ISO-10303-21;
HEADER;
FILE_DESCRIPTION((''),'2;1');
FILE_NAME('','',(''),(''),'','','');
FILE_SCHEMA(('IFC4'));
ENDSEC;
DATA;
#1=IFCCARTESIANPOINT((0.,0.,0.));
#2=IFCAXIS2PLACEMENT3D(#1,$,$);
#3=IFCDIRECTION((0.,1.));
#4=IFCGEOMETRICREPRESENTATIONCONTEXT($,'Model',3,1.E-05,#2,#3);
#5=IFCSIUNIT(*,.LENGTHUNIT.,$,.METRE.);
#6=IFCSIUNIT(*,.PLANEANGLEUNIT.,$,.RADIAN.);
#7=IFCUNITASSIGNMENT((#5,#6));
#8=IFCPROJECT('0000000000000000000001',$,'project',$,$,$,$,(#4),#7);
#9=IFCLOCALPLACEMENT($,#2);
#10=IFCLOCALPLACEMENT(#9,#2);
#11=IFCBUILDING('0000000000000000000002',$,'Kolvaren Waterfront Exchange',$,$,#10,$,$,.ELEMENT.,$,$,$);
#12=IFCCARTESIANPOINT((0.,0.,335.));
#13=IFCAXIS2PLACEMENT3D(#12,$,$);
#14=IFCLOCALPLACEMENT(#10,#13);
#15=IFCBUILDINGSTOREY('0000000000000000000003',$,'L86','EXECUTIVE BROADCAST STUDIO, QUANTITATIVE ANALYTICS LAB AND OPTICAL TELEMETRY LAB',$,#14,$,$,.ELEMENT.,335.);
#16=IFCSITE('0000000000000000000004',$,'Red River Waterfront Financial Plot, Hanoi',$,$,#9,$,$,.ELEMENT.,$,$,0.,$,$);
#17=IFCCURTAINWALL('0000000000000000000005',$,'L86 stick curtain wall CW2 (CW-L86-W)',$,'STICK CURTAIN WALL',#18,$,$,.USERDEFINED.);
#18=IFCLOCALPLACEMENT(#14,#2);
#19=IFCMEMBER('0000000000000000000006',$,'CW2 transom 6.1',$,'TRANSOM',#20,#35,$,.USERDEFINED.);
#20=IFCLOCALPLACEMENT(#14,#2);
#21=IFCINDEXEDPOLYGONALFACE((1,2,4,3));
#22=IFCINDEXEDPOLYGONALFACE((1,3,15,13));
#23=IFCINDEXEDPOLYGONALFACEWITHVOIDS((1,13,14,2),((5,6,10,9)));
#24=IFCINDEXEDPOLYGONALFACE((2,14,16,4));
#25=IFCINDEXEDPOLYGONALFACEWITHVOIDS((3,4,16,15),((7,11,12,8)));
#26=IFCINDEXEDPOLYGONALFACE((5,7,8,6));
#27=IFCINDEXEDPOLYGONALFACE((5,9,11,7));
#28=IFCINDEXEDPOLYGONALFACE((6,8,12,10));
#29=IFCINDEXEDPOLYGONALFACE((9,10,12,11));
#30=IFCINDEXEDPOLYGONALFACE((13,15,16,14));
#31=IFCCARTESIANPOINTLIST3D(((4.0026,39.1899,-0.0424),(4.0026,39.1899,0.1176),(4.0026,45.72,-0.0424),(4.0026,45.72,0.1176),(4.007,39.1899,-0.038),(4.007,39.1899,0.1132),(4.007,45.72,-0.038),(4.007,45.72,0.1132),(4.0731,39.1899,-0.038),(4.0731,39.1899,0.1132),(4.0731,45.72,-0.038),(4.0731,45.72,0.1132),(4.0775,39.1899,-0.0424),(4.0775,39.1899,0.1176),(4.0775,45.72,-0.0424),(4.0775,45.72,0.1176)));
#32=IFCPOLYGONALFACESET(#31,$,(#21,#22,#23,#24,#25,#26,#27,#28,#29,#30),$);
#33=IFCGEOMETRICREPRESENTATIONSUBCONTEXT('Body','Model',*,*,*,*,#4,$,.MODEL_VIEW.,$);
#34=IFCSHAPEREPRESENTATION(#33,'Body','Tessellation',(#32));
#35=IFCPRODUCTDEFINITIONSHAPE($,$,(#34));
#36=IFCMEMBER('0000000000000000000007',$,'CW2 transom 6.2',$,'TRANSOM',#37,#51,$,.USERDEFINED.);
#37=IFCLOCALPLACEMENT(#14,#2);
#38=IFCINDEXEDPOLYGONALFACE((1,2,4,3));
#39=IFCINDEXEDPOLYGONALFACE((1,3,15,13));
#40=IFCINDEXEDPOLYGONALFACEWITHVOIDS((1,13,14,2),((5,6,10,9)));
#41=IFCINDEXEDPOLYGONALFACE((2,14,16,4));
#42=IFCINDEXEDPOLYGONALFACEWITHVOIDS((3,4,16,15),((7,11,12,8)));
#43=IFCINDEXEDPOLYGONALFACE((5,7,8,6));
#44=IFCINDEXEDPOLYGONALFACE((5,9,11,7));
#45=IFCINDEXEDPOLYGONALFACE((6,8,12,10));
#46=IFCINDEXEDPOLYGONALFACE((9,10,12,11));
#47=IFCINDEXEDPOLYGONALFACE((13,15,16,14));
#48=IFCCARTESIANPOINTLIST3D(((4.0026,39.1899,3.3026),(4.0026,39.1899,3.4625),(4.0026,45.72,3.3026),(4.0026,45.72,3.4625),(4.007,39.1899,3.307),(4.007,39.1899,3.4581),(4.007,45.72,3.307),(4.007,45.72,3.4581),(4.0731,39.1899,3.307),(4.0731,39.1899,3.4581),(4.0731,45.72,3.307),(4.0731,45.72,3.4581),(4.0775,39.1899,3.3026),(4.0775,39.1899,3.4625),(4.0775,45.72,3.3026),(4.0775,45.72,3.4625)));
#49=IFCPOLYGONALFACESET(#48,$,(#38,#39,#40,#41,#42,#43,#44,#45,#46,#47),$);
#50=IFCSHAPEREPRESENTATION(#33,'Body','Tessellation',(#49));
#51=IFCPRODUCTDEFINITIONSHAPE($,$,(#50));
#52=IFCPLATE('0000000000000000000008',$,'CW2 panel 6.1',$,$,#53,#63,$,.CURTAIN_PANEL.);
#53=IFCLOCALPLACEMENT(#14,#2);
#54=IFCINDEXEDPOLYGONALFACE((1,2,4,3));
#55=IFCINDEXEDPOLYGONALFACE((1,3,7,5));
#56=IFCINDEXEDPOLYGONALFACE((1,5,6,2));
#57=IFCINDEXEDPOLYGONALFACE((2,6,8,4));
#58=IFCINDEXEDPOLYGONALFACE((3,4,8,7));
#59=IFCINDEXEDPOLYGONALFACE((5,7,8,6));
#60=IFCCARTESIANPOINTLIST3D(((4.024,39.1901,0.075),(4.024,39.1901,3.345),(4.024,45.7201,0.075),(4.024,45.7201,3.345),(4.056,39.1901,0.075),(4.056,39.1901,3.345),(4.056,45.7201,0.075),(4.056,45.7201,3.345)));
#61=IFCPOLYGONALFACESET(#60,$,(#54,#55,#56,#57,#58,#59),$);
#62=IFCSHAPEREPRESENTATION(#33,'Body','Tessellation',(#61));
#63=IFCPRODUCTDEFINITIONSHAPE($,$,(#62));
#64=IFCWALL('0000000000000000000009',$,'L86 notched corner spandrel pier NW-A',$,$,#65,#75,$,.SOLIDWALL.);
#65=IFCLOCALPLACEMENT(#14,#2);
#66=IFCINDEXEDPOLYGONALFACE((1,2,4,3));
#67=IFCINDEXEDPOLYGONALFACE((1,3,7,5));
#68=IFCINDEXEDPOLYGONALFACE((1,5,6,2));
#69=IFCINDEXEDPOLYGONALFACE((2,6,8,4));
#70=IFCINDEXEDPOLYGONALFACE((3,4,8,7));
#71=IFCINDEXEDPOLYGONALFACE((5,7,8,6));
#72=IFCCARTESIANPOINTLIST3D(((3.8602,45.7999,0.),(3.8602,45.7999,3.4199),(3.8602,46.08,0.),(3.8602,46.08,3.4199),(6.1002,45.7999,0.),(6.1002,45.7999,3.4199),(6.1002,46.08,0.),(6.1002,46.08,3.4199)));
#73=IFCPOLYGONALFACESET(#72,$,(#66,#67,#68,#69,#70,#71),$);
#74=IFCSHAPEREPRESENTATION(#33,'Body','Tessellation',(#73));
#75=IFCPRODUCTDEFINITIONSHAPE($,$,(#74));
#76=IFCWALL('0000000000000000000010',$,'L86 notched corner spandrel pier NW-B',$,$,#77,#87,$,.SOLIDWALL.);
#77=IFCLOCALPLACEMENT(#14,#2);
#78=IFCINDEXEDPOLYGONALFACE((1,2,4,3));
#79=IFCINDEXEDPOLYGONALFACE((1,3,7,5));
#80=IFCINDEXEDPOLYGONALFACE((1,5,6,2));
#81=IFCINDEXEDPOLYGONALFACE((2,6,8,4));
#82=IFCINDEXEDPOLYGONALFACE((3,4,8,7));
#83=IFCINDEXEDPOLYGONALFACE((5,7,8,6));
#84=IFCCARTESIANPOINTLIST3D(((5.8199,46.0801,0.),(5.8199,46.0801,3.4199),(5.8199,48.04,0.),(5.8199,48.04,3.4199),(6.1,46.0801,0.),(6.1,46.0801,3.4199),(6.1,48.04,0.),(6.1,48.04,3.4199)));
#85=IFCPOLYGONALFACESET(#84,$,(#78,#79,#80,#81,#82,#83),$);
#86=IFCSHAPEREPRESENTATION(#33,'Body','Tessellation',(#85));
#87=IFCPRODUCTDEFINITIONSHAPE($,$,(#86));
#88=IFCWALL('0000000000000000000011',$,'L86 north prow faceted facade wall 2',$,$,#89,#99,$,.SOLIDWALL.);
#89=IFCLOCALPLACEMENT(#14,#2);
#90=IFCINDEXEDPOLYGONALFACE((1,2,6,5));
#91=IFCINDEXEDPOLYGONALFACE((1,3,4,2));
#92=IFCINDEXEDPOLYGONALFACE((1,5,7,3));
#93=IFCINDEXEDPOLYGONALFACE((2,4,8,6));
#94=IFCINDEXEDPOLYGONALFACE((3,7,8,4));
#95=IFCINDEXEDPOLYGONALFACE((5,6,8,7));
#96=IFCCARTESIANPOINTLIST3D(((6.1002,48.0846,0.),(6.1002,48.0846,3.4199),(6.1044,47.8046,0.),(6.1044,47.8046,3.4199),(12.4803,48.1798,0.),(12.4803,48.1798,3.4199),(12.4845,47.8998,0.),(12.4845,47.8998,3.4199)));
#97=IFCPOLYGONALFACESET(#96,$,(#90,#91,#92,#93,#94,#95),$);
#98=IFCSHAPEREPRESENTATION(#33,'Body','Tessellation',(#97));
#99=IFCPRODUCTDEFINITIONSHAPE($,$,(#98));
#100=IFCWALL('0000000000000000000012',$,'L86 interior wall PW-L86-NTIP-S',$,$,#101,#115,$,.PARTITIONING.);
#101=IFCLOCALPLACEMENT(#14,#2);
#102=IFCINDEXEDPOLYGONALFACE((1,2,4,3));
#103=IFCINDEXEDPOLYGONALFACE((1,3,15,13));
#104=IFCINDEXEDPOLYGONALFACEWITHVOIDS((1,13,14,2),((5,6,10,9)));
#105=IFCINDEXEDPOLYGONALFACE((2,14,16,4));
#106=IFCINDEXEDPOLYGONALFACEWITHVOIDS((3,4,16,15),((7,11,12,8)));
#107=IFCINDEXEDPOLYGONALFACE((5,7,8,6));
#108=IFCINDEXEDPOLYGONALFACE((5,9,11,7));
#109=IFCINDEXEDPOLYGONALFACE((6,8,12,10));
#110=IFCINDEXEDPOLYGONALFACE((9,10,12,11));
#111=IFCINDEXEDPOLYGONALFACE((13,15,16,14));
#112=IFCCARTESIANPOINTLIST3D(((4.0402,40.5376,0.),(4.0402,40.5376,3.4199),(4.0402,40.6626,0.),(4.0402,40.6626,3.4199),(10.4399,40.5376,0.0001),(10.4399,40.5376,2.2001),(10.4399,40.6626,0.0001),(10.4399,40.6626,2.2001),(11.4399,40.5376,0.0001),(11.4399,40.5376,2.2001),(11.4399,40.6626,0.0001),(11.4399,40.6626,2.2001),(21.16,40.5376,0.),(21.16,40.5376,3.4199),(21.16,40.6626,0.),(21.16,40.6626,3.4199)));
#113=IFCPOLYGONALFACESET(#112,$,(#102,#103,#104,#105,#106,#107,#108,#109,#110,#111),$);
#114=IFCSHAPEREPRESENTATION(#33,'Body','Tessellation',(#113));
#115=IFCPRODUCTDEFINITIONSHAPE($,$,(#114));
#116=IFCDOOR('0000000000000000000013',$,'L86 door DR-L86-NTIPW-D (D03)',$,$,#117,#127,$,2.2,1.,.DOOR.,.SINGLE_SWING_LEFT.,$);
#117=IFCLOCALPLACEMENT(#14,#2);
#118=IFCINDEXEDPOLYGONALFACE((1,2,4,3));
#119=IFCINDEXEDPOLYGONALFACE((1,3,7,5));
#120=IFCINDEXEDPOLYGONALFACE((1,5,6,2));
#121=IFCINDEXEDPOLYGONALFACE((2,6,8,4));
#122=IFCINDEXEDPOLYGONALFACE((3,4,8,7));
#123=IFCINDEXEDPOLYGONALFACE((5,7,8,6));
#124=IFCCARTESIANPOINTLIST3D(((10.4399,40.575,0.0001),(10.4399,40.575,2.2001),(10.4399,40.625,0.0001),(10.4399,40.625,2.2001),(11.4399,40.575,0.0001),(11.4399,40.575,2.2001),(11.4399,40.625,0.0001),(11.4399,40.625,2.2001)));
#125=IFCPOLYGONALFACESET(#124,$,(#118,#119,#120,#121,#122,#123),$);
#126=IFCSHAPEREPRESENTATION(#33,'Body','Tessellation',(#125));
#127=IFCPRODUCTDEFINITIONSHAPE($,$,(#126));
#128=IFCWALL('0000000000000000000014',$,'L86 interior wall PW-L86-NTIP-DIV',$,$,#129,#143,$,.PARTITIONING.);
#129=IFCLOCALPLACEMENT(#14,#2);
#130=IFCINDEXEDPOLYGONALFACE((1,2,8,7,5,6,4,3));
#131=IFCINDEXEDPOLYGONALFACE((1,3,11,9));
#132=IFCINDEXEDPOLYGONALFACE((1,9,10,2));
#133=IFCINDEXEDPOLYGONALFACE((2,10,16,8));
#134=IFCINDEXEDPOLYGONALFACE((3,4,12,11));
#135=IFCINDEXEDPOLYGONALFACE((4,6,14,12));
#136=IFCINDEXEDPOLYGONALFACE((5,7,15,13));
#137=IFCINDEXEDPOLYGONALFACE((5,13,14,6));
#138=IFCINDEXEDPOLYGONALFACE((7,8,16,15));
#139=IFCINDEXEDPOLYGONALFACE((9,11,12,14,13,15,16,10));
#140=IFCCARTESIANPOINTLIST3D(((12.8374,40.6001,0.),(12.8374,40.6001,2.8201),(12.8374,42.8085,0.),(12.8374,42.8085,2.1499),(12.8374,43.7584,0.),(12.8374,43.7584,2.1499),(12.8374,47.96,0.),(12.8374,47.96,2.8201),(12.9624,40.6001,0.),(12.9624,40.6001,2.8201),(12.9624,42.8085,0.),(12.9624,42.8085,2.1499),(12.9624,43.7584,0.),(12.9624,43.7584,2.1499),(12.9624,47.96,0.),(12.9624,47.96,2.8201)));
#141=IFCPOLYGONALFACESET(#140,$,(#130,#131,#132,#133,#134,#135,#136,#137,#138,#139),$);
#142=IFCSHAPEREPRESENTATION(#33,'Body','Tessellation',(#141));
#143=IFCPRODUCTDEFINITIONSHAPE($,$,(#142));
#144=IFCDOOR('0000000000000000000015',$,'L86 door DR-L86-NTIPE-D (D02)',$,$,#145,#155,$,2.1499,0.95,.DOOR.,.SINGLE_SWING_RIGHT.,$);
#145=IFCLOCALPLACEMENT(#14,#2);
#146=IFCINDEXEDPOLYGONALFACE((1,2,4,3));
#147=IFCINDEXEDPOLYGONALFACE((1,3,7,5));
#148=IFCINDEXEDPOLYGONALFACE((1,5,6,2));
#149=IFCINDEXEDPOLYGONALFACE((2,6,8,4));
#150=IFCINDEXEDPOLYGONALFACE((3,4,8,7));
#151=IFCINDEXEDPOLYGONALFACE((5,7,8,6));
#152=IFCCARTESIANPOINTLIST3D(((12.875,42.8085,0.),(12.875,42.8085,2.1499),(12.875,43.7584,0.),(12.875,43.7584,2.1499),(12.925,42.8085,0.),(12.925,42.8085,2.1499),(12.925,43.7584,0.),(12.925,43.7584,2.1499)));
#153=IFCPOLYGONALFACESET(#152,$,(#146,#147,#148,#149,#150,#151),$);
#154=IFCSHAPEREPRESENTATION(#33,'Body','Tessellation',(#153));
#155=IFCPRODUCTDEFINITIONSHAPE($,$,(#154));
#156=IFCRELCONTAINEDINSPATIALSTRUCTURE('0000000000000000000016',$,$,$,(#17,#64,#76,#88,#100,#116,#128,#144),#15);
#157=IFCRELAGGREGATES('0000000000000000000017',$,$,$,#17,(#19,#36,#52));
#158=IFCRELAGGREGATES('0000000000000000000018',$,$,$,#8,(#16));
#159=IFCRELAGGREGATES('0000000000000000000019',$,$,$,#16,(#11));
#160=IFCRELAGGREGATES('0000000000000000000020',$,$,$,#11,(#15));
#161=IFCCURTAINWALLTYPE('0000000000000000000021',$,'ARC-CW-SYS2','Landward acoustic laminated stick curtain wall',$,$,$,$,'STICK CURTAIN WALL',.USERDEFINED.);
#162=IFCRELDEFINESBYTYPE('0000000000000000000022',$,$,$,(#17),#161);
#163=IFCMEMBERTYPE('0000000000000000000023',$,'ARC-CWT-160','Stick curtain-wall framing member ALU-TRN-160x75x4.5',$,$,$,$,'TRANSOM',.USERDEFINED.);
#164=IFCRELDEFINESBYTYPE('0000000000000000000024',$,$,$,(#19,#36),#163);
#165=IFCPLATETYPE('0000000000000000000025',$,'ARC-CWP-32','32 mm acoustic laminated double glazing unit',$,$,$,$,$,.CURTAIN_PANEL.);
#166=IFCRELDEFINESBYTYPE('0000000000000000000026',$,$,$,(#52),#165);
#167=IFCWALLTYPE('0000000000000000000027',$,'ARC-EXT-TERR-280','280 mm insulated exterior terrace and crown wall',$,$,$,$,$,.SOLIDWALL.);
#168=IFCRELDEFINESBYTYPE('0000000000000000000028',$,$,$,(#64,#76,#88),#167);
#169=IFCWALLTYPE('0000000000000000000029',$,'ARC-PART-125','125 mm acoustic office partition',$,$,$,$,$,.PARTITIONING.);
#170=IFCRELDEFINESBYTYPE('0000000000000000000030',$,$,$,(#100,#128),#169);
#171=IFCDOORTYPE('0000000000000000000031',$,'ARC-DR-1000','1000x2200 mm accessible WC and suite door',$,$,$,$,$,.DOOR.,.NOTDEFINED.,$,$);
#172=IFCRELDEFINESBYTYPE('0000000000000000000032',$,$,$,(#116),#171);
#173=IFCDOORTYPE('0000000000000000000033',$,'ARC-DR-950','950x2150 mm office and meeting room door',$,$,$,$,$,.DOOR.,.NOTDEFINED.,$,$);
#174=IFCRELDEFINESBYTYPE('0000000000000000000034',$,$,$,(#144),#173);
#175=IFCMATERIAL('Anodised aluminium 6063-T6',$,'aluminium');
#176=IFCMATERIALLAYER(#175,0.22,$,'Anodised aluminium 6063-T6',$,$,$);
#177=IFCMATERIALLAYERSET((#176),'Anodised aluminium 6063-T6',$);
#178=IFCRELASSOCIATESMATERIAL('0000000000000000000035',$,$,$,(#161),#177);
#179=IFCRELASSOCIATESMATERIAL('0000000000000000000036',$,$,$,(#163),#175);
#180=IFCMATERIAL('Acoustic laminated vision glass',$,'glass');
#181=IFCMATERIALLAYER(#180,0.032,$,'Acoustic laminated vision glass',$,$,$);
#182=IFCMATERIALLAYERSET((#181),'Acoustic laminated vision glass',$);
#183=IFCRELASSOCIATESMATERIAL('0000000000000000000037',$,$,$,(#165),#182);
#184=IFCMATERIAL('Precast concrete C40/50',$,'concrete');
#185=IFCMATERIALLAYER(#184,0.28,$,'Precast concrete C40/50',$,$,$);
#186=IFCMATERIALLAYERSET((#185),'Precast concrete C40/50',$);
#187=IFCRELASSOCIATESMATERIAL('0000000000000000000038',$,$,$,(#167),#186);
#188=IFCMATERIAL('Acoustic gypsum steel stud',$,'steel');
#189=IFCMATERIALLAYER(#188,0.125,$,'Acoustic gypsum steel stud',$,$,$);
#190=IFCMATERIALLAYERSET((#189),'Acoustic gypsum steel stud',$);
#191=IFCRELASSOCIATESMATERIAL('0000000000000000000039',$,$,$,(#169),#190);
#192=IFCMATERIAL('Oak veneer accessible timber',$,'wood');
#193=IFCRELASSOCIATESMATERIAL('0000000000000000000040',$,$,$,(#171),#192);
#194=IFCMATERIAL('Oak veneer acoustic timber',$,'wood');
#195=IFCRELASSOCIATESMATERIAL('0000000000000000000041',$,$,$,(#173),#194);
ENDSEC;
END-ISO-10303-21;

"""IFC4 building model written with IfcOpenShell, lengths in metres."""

from ifc_helpers import new_model, si_unit, direction, frame, frame_2d, origin, origin_with_axes, origin_2d, place, context, subcontext, project, spatial, rectangle, hollow_rectangle, extrude, source, transform, mapped, material, layer, layer_set, material_profile, profile_set, type_object, element, fill, aggregate, save


model = new_model("IFC4")

# Units and contexts
model_context = context("Model", 3, precision=1e-05, world=origin(), true_north=direction((0.0, 1.0)))
body_context = subcontext(model_context, "Body", "Model", "MODEL_VIEW")
ifc_project = project(units=[si_unit("LENGTHUNIT", "METRE"), si_unit("PLANEANGLEUNIT", "RADIAN")], contexts=[model_context])

# Site, building, storey
site_placement = place(None, origin())
site = spatial("IfcSite", under=ifc_project, at=site_placement, Name="Red River Waterfront Financial Plot, Hanoi", CompositionType="ELEMENT", RefElevation=0.0)
building_placement = place(site_placement, origin())
building = spatial("IfcBuilding", under=site, at=building_placement, Name="Kolvaren Waterfront Exchange", CompositionType="ELEMENT")
storey_placement = place(building_placement, frame((0.0, 0.0, 335.0)))
storey = spatial("IfcBuildingStorey", under=building, at=storey_placement, Name="L86", Description="EXECUTIVE BROADCAST STUDIO, QUANTITATIVE ANALYTICS LAB AND OPTICAL TELEMETRY LAB", CompositionType="ELEMENT", Elevation=335.0)

# Curtain wall, members, plate
ifc_material_1 = material(Name="Anodised aluminium 6063-T6", Category="aluminium")
ifc_layer_1 = layer(ifc_material_1, 0.22, Name="Anodised aluminium 6063-T6")
ifc_layer_set_1 = layer_set([ifc_layer_1], Name="Anodised aluminium 6063-T6")
curtain_wall_type = type_object("IfcCurtainWallType", Name="ARC-CW-SYS2", Description="Landward acoustic laminated stick curtain wall", ElementType="STICK CURTAIN WALL", PredefinedType="USERDEFINED", material=ifc_layer_set_1)
curtain_wall_placement = place(storey_placement, origin())
curtain_wall = element("IfcCurtainWall", 1, at=curtain_wall_placement, inside=storey, type_object=curtain_wall_type, Name="L86 stick curtain wall CW2 (CW-L86-W)", ObjectType="STICK CURTAIN WALL", PredefinedType="USERDEFINED")
ifc_material_profile_1 = material_profile(ifc_material_1, hollow_rectangle(XDim=0.075, YDim=0.1599, WallThickness=0.0044, at=origin_2d()), Name="ALU-TRN-160x75x4.5")
ifc_profile_set_1 = profile_set([ifc_material_profile_1], Name="Anodised aluminium 6063-T6")
member_type_1 = type_object("IfcMemberType", Name="ARC-CWT-160", Description="Stick curtain-wall framing member ALU-TRN-160x75x4.5", ElementType="TRANSOM", PredefinedType="USERDEFINED", material=ifc_profile_set_1)
shared_shape_1 = source(origin_with_axes(), body_context, "Body", "SweptSolid", [
    extrude(hollow_rectangle(XDim=0.075, YDim=0.1599, WallThickness=0.0044, at=origin_2d()), origin(), (0.0, 0.0, 1.0), 6.53),
])
member_1_placement = place(storey_placement, frame((4.04, 39.1899, 0.0376), z_axis=(0.0, 1.0, 0.0), x_axis=(-1.0, 0.0, 0.0)))
member_1 = element("IfcMember", 2, at=member_1_placement, type_object=member_type_1, Name="CW2 transom 6.1", ObjectType="TRANSOM", PredefinedType="USERDEFINED", context=body_context, shape_type="MappedRepresentation", body=[
    mapped(shared_shape_1, transform((0.0, 0.0, 0.0), x_axis=(1.0, 0.0, 0.0), y_axis=(0.0, 1.0, 0.0), z_axis=(0.0, 0.0, 1.0), scale=1.0)),
])
member_2_placement = place(storey_placement, frame((4.04, 39.1899, 3.3826), z_axis=(0.0, 1.0, 0.0), x_axis=(-1.0, 0.0, 0.0)))
member_2 = element("IfcMember", 3, at=member_2_placement, type_object=member_type_1, Name="CW2 transom 6.2", ObjectType="TRANSOM", PredefinedType="USERDEFINED", context=body_context, shape_type="MappedRepresentation", body=[
    mapped(shared_shape_1, transform((0.0, 0.0, 0.0), x_axis=(1.0, 0.0, 0.0), y_axis=(0.0, 1.0, 0.0), z_axis=(0.0, 0.0, 1.0), scale=1.0)),
])
ifc_material_2 = material(Name="Acoustic laminated vision glass", Category="glass")
ifc_layer_2 = layer(ifc_material_2, 0.032, Name="Acoustic laminated vision glass")
ifc_layer_set_2 = layer_set([ifc_layer_2], Name="Acoustic laminated vision glass")
plate_type = type_object("IfcPlateType", Name="ARC-CWP-32", Description="32 mm acoustic laminated double glazing unit", PredefinedType="CURTAIN_PANEL", material=ifc_layer_set_2)
shared_shape_2 = source(origin_with_axes(), body_context, "Body", "SweptSolid", [
    extrude(rectangle(XDim=6.53, YDim=0.032, at=origin_2d()), origin(), (0.0, 0.0, 1.0), 3.27),
])
plate_placement = place(storey_placement, frame((4.04, 42.4551, 0.075), z_axis=(0.0, 0.0, 1.0), x_axis=(0.0, 1.0, 0.0)))
plate = element("IfcPlate", 4, at=plate_placement, type_object=plate_type, Name="CW2 panel 6.1", PredefinedType="CURTAIN_PANEL", context=body_context, shape_type="MappedRepresentation", body=[
    mapped(shared_shape_2, transform((0.0, 0.0, 0.0), x_axis=(1.0, 0.0, 0.0), y_axis=(0.0, 1.0, 0.0), z_axis=(0.0, 0.0, 1.0), scale=1.0)),
])
aggregate(curtain_wall, [member_1, member_2, plate])

# Walls
ifc_material_3 = material(Name="Precast concrete C40/50", Category="concrete")
ifc_layer_3 = layer(ifc_material_3, 0.28, Name="Precast concrete C40/50")
ifc_layer_set_3 = layer_set([ifc_layer_3], Name="Precast concrete C40/50")
wall_type_1 = type_object("IfcWallType", Name="ARC-EXT-TERR-280", Description="280 mm insulated exterior terrace and crown wall", PredefinedType="SOLIDWALL", material=ifc_layer_set_3)
wall_1_placement = place(storey_placement, frame((3.8601, 45.9399, 0.0), z_axis=(0.0, 0.0, 1.0), x_axis=(1.0, 0.0, 0.0)))
element("IfcWall", 5, at=wall_1_placement, inside=storey, type_object=wall_type_1, Name="L86 notched corner spandrel pier NW-A", PredefinedType="SOLIDWALL", context=body_context, shape_type="SweptSolid", body=[
    extrude(rectangle(XDim=2.24, YDim=0.28, at=frame_2d((1.1201, 0.0))), origin(), (0.0, 0.0, 1.0), 3.4199),
])
wall_2_placement = place(storey_placement, frame((5.96, 46.0801, 0.0), z_axis=(0.0, 0.0, 1.0), x_axis=(0.0, 1.0, 0.0)))
element("IfcWall", 6, at=wall_2_placement, inside=storey, type_object=wall_type_1, Name="L86 notched corner spandrel pier NW-B", PredefinedType="SOLIDWALL", context=body_context, shape_type="SweptSolid", body=[
    extrude(rectangle(XDim=1.96, YDim=0.28, at=frame_2d((0.98, 0.0))), origin(), (0.0, 0.0, 1.0), 3.4199),
])
wall_3_placement = place(storey_placement, frame((12.4824, 48.0398, 0.0), z_axis=(0.0, 0.0, 1.0), x_axis=(-0.999889, -0.014922, 0.0)))
element("IfcWall", 7, at=wall_3_placement, inside=storey, type_object=wall_type_1, Name="L86 north prow faceted facade wall 2", PredefinedType="SOLIDWALL", context=body_context, shape_type="SweptSolid", body=[
    extrude(rectangle(XDim=6.3809, YDim=0.28, at=frame_2d((3.1904, 0.0))), origin(), (0.0, 0.0, 1.0), 3.4199),
])

# Walls, openings, doors
ifc_material_4 = material(Name="Acoustic gypsum steel stud", Category="steel")
ifc_layer_4 = layer(ifc_material_4, 0.125, Name="Acoustic gypsum steel stud")
ifc_layer_set_4 = layer_set([ifc_layer_4], Name="Acoustic gypsum steel stud")
wall_type_2 = type_object("IfcWallType", Name="ARC-PART-125", Description="125 mm acoustic office partition", PredefinedType="PARTITIONING", material=ifc_layer_set_4)
wall_4_placement = place(storey_placement, frame((4.04, 40.6001, 0.0), z_axis=(0.0, 0.0, 1.0), x_axis=(1.0, 0.0, 0.0)))
wall_4 = element("IfcWall", 8, at=wall_4_placement, inside=storey, type_object=wall_type_2, Name="L86 interior wall PW-L86-NTIP-S", PredefinedType="PARTITIONING", context=body_context, shape_type="SweptSolid", body=[
    extrude(rectangle(XDim=17.1199, YDim=0.125, at=frame_2d((8.5601, 0.0))), origin(), (0.0, 0.0, 1.0), 3.4199),
])
opening_1_placement = place(wall_4_placement, frame((6.3999, 0.0, 0.0)))
opening_1 = element("IfcOpeningElement", 9, at=opening_1_placement, cuts=wall_4, PredefinedType="OPENING", context=body_context, shape_type="SweptSolid", body=[
    extrude(rectangle(XDim=1.0, YDim=2.2, at=frame_2d((0.5, 1.1001))), frame((0.0, 0.0725, 0.0), z_axis=(0.0, -1.0, 0.0), x_axis=(1.0, 0.0, 0.0)), (0.0, 0.0, 1.0), 0.145),
])
ifc_material_5 = material(Name="Oak veneer accessible timber", Category="wood")
door_type_1 = type_object("IfcDoorType", Name="ARC-DR-1000", Description="1000x2200 mm accessible WC and suite door", OperationType="NOTDEFINED", PredefinedType="DOOR", material=ifc_material_5)
door_1_placement = place(opening_1_placement, origin())
door_1 = element("IfcDoor", 10, at=door_1_placement, inside=storey, type_object=door_type_1, Name="L86 door DR-L86-NTIPW-D (D03)", OperationType="SINGLE_SWING_LEFT", OverallHeight=2.2, OverallWidth=1.0, PredefinedType="DOOR", context=body_context, shape_type="SweptSolid", body=[
    extrude(rectangle(XDim=1.0, YDim=2.2, at=frame_2d((0.5, 1.1001))), frame((0.0, 0.0249, 0.0), z_axis=(0.0, -1.0, 0.0), x_axis=(1.0, 0.0, 0.0)), (0.0, 0.0, 1.0), 0.05),
])
fill(opening_1, door_1)
wall_5_placement = place(storey_placement, frame((12.8999, 40.6001, 0.0), z_axis=(0.0, 0.0, 1.0), x_axis=(0.0, 1.0, 0.0)))
wall_5 = element("IfcWall", 11, at=wall_5_placement, inside=storey, type_object=wall_type_2, Name="L86 interior wall PW-L86-NTIP-DIV", PredefinedType="PARTITIONING", context=body_context, shape_type="SweptSolid", body=[
    extrude(rectangle(XDim=7.3599, YDim=0.125, at=frame_2d((3.6799, 0.0))), origin(), (0.0, 0.0, 1.0), 2.8201),
])
opening_2_placement = place(wall_5_placement, frame((2.2083, 0.0, 0.0)))
opening_2 = element("IfcOpeningElement", 12, at=opening_2_placement, cuts=wall_5, PredefinedType="OPENING", context=body_context, shape_type="SweptSolid", body=[
    extrude(rectangle(XDim=0.95, YDim=2.1499, at=frame_2d((0.4751, 1.075))), frame((0.0, 0.0725, 0.0), z_axis=(0.0, -1.0, 0.0), x_axis=(1.0, 0.0, 0.0)), (0.0, 0.0, 1.0), 0.145),
])
ifc_material_6 = material(Name="Oak veneer acoustic timber", Category="wood")
door_type_2 = type_object("IfcDoorType", Name="ARC-DR-950", Description="950x2150 mm office and meeting room door", OperationType="NOTDEFINED", PredefinedType="DOOR", material=ifc_material_6)
door_2_placement = place(opening_2_placement, origin())
door_2 = element("IfcDoor", 13, at=door_2_placement, inside=storey, type_object=door_type_2, Name="L86 door DR-L86-NTIPE-D (D02)", OperationType="SINGLE_SWING_RIGHT", OverallHeight=2.1499, OverallWidth=0.95, PredefinedType="DOOR", context=body_context, shape_type="SweptSolid", body=[
    extrude(rectangle(XDim=0.95, YDim=2.1499, at=frame_2d((0.4751, 1.075))), frame((0.0, 0.0249, 0.0), z_axis=(0.0, -1.0, 0.0), x_axis=(1.0, 0.0, 0.0)), (0.0, 0.0, 1.0), 0.05),
])
fill(opening_2, door_2)

save(model, "model.ifc")
